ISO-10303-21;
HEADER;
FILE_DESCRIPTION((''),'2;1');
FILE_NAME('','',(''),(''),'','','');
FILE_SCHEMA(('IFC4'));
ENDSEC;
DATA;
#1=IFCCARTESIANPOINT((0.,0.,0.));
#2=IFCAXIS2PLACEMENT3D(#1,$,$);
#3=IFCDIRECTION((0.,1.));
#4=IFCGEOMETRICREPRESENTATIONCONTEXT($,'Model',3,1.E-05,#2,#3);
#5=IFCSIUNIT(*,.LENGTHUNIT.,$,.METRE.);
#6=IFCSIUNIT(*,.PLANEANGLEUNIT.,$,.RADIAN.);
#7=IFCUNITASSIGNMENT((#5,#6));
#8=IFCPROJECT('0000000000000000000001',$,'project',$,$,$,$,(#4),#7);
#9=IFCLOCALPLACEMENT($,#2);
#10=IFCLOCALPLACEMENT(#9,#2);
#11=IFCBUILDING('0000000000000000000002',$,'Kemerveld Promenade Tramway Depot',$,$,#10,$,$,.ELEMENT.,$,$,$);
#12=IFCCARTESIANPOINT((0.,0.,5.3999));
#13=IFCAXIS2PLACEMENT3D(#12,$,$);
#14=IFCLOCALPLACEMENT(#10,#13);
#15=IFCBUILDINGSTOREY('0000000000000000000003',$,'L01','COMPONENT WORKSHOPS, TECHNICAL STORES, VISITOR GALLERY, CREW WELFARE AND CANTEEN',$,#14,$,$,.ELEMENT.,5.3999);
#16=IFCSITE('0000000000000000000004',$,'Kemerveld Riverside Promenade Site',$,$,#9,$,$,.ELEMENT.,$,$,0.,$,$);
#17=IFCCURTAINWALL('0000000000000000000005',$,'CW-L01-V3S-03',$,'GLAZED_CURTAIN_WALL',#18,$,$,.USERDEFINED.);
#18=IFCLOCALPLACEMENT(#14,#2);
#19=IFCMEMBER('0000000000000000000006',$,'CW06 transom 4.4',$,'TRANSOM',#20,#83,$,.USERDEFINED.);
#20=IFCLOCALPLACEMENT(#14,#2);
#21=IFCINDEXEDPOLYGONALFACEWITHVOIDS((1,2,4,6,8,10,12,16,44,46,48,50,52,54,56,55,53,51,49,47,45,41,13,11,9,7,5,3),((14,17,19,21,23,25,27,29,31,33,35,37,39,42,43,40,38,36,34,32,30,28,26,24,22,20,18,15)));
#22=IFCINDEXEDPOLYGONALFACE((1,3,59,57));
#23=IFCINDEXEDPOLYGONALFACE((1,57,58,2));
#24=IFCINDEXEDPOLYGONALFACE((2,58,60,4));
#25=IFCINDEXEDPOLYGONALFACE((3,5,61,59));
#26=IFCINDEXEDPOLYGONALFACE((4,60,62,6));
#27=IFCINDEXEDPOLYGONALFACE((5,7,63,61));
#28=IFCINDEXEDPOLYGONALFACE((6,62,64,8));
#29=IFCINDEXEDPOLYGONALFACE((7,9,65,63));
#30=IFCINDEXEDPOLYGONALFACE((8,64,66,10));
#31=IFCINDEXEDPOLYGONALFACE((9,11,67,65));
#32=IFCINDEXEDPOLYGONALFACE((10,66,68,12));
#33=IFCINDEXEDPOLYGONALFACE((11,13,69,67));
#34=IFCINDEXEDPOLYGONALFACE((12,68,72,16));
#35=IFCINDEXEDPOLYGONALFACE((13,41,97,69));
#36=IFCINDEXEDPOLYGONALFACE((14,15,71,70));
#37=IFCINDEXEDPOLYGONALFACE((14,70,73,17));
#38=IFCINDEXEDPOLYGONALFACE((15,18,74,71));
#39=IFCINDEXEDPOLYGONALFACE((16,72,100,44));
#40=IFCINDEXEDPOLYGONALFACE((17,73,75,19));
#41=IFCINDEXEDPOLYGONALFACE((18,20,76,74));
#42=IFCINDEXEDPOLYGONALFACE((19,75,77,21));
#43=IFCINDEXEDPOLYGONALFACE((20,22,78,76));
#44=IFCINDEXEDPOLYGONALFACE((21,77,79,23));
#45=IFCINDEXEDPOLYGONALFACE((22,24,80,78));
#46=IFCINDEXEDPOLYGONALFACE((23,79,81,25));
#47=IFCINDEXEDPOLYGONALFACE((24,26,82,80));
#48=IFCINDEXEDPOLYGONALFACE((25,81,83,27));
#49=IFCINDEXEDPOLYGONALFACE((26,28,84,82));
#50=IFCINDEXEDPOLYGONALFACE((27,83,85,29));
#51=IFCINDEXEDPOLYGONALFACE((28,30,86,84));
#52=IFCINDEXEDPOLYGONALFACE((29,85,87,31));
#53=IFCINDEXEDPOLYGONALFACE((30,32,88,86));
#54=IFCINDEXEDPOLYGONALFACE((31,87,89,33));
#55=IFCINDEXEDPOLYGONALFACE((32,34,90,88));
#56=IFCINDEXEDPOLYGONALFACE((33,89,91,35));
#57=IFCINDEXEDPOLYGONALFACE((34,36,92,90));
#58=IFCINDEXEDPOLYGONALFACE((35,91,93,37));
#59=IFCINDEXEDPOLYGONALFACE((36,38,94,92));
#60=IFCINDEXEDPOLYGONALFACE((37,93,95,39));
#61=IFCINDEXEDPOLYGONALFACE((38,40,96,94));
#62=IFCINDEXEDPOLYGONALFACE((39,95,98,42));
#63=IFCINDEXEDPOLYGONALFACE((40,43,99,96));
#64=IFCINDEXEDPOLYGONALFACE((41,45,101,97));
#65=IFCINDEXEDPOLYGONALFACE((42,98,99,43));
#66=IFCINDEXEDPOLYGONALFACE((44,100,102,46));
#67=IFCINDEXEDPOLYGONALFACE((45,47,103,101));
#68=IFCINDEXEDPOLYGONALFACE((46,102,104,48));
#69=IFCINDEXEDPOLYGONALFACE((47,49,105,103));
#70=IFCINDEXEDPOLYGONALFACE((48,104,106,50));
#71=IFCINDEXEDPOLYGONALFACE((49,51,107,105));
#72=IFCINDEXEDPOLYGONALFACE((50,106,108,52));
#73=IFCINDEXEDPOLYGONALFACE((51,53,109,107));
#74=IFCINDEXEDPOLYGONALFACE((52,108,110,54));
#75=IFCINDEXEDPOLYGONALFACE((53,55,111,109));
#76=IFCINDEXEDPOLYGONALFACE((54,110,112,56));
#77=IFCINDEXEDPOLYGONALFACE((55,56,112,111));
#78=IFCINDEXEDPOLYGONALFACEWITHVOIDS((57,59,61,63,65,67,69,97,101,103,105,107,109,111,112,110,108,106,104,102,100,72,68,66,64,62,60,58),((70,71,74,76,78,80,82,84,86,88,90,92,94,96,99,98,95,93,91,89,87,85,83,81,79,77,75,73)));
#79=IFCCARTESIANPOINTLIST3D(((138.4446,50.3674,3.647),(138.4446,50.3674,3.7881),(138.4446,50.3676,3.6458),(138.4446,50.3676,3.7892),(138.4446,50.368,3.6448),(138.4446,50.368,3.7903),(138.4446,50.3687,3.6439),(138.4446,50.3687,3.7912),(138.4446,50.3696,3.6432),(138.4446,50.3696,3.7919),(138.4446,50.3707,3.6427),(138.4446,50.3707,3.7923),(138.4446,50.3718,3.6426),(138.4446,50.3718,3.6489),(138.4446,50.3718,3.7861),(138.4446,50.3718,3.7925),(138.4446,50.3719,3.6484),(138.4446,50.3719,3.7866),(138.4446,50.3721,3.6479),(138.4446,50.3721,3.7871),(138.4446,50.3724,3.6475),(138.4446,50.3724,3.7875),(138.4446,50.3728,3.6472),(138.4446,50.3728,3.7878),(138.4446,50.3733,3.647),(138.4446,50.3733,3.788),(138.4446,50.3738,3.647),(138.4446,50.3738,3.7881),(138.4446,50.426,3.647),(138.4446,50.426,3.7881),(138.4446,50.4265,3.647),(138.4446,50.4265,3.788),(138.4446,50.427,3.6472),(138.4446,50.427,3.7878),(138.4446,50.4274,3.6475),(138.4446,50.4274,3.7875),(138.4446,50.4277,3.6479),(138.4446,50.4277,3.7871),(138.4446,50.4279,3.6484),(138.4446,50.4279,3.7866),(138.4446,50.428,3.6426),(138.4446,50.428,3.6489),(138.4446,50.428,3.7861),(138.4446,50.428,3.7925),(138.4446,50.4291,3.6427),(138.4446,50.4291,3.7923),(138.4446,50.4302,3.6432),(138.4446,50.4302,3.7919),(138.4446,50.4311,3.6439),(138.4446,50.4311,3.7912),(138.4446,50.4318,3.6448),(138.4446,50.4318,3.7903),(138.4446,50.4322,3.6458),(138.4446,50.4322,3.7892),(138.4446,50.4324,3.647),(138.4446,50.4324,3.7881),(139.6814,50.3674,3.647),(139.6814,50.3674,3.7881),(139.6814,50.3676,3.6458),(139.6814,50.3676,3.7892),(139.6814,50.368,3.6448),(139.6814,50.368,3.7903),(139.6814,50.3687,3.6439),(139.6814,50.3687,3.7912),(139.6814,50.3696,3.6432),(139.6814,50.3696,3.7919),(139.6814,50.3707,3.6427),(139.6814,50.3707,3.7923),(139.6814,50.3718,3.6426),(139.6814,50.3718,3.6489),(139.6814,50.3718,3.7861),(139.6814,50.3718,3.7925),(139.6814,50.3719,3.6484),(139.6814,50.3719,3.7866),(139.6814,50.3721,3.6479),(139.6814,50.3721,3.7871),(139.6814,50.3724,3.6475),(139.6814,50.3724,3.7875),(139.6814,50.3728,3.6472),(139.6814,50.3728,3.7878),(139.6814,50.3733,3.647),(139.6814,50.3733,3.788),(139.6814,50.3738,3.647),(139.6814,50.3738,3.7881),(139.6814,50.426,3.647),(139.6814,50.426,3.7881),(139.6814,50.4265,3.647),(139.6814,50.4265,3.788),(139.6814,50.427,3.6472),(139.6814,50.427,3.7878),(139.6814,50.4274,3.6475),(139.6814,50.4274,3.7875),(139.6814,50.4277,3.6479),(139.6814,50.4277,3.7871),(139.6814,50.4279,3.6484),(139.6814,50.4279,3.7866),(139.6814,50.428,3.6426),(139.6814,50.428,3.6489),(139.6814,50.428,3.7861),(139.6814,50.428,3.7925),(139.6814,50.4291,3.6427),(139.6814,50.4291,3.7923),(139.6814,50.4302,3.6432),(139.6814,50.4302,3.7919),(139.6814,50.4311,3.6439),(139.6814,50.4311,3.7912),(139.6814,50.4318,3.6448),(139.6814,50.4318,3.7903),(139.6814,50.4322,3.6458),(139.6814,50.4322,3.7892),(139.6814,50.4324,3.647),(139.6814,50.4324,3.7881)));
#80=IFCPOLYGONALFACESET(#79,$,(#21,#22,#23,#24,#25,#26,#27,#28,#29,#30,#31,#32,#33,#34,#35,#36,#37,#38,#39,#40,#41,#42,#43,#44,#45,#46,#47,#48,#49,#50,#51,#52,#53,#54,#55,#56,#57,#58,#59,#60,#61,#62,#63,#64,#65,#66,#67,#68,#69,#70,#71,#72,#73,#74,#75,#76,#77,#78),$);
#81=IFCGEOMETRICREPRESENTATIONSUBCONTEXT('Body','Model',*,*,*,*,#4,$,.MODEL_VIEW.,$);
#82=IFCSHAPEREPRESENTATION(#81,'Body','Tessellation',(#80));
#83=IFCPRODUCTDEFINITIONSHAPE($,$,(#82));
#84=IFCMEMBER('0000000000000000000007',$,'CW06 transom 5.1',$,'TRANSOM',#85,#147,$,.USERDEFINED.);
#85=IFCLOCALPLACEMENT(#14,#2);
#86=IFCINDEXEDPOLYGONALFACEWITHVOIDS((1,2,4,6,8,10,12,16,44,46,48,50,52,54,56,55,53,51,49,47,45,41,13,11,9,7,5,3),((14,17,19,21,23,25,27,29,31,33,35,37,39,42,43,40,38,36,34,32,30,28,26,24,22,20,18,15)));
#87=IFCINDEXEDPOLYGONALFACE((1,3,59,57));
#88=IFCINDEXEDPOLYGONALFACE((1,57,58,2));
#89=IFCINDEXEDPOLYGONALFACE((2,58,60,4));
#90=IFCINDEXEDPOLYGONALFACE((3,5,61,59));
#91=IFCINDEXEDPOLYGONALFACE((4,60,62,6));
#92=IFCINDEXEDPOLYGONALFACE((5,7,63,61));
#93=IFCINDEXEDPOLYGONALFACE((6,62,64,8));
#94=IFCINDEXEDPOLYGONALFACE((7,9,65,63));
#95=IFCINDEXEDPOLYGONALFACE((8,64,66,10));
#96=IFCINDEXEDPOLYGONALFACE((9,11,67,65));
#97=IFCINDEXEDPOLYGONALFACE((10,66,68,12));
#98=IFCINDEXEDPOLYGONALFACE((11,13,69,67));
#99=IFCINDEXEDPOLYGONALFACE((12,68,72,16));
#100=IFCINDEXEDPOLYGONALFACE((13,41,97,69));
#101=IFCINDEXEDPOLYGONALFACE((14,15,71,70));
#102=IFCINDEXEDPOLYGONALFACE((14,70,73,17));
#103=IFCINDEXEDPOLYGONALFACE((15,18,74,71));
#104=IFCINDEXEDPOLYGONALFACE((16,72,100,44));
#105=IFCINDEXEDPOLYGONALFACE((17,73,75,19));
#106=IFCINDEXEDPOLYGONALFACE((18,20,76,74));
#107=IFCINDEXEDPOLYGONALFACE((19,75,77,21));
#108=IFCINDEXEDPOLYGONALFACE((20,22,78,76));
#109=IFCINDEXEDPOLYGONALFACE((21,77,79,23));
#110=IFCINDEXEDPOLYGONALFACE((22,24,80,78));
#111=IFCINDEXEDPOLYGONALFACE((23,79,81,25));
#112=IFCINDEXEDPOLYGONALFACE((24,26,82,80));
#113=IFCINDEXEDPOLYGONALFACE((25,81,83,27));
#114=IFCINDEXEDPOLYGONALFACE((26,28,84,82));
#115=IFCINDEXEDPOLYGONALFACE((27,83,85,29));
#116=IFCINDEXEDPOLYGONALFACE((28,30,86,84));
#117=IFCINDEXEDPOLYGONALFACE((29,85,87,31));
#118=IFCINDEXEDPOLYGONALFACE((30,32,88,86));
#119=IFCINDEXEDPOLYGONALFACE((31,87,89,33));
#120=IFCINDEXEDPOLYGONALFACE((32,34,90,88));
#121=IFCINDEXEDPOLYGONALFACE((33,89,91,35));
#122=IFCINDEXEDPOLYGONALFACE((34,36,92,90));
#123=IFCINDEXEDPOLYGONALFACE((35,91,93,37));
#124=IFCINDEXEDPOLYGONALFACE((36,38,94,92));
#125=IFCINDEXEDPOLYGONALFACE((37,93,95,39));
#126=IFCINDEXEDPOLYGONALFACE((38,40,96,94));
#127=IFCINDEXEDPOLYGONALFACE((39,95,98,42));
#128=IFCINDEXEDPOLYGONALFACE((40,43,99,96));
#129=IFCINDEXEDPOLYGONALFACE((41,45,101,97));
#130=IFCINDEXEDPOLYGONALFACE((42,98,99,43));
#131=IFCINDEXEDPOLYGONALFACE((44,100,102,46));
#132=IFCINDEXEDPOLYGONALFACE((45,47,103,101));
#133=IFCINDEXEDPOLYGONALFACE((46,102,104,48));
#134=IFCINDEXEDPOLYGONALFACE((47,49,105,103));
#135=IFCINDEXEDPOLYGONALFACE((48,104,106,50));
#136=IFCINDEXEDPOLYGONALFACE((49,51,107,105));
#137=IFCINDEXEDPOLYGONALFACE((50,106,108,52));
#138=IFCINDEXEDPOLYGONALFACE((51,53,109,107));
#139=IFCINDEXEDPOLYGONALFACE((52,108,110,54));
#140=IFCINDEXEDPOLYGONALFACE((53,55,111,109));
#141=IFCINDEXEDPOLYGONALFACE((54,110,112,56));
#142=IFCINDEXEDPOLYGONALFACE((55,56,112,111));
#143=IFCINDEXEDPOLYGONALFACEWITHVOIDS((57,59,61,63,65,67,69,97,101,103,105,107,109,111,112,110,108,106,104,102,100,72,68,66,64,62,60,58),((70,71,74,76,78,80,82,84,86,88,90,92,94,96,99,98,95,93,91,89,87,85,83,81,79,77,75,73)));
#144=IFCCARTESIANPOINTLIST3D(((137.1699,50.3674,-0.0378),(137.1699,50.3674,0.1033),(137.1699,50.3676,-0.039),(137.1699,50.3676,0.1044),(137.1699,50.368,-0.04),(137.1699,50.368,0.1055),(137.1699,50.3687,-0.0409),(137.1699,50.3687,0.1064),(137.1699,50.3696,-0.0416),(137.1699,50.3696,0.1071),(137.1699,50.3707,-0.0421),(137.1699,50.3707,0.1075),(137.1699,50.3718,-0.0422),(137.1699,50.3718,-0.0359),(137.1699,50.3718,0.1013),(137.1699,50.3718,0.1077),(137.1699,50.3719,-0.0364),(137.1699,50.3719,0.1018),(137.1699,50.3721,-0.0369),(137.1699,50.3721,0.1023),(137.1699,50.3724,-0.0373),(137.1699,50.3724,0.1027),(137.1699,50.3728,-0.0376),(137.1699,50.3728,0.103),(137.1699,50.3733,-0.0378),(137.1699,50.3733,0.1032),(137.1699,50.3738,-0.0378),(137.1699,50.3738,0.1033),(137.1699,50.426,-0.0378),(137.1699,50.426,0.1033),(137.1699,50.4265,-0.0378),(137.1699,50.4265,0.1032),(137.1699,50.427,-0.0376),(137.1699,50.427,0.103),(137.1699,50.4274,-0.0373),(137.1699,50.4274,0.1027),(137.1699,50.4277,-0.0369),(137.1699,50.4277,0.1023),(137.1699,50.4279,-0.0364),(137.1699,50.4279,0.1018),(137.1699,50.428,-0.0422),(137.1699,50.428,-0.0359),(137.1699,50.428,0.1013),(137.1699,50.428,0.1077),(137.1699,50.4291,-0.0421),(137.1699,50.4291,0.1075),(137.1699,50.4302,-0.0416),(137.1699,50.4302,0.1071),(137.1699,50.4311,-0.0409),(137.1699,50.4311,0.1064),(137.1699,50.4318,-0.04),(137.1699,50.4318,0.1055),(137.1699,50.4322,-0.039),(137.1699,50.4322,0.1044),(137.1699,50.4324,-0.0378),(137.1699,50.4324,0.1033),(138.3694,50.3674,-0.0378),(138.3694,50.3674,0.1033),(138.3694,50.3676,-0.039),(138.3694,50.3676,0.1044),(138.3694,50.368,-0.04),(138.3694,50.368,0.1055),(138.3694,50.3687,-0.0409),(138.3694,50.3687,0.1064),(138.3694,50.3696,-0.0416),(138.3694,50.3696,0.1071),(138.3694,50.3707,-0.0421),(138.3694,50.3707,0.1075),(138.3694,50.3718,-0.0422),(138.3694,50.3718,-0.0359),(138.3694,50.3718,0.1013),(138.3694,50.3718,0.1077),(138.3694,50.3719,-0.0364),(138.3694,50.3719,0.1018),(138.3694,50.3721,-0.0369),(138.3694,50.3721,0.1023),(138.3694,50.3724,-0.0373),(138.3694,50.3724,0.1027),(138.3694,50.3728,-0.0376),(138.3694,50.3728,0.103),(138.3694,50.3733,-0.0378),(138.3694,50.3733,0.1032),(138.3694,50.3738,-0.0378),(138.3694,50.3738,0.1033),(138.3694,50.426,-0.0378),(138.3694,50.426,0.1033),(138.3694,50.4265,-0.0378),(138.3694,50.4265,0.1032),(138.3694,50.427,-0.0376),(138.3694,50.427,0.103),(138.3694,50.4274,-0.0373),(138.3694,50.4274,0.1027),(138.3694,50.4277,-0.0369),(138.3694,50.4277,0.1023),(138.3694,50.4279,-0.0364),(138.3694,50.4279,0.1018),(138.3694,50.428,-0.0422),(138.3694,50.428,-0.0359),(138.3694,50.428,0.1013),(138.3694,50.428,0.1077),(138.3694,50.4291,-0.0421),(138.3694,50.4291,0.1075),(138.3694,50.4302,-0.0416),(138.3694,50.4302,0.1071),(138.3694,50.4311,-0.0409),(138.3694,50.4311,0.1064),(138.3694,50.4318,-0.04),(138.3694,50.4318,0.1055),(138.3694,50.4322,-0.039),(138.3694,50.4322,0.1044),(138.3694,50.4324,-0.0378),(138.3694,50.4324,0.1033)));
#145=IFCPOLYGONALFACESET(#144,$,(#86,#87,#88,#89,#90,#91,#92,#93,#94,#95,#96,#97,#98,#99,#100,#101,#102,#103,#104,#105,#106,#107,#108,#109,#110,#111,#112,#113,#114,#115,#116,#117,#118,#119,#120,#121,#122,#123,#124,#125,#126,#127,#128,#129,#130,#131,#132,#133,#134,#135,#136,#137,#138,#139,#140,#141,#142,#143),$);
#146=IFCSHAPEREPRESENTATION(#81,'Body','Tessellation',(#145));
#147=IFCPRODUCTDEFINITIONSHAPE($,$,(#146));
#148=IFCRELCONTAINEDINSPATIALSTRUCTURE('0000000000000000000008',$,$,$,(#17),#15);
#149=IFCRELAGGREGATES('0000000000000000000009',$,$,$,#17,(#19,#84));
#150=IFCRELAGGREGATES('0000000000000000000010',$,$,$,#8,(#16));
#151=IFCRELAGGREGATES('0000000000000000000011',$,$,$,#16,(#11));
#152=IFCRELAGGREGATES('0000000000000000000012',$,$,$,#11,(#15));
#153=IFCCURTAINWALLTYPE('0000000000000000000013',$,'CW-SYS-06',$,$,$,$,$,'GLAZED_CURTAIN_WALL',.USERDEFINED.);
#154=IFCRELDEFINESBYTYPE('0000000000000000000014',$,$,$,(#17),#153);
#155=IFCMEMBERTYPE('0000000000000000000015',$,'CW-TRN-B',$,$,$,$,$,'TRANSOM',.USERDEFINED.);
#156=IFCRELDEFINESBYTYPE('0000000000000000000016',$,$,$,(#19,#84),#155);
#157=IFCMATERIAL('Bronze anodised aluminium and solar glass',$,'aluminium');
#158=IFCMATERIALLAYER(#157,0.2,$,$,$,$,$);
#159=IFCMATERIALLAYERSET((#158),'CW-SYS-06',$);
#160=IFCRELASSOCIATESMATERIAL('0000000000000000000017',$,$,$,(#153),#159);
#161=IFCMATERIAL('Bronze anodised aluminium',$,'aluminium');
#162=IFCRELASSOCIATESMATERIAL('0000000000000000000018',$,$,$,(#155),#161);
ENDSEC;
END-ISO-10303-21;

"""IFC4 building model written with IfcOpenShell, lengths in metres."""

from ifc_helpers import new_model, si_unit, direction, frame, origin, origin_2d, place, context, subcontext, project, spatial, hollow_rectangle, extrude, material, layer, layer_set, material_profile, profile_set, type_object, element, aggregate, save


model = new_model("IFC4")

# Units and contexts
model_context = context("Model", 3, precision=1e-05, world=origin(), true_north=direction((0.0, 1.0)))
body_context = subcontext(model_context, "Body", "Model", "MODEL_VIEW")
ifc_project = project(units=[si_unit("LENGTHUNIT", "METRE"), si_unit("PLANEANGLEUNIT", "RADIAN")], contexts=[model_context])

# Site, building, storey
site_placement = place(None, origin())
site = spatial("IfcSite", under=ifc_project, at=site_placement, Name="Kemerveld Riverside Promenade Site", CompositionType="ELEMENT", RefElevation=0.0)
building_placement = place(site_placement, origin())
building = spatial("IfcBuilding", under=site, at=building_placement, Name="Kemerveld Promenade Tramway Depot", CompositionType="ELEMENT")
storey_placement = place(building_placement, frame((0.0, 0.0, 5.3999)))
storey = spatial("IfcBuildingStorey", under=building, at=storey_placement, Name="L01", Description="COMPONENT WORKSHOPS, TECHNICAL STORES, VISITOR GALLERY, CREW WELFARE AND CANTEEN", CompositionType="ELEMENT", Elevation=5.3999)

# Curtain wall, members
ifc_material_1 = material(Name="Bronze anodised aluminium and solar glass", Category="aluminium")
ifc_layer_1 = layer(ifc_material_1, 0.2)
ifc_layer_set_1 = layer_set([ifc_layer_1], Name="CW-SYS-06")
curtain_wall_type = type_object("IfcCurtainWallType", Name="CW-SYS-06", ElementType="GLAZED_CURTAIN_WALL", PredefinedType="USERDEFINED", material=ifc_layer_set_1)
curtain_wall_placement = place(storey_placement, origin())
curtain_wall = element("IfcCurtainWall", 1, at=curtain_wall_placement, inside=storey, type_object=curtain_wall_type, Name="CW-L01-V3S-03", ObjectType="GLAZED_CURTAIN_WALL", PredefinedType="USERDEFINED")
ifc_material_2 = material(Name="Bronze anodised aluminium", Category="aluminium")
ifc_material_profile_1 = material_profile(ifc_material_2, hollow_rectangle(XDim=0.0649, YDim=0.1499, WallThickness=0.0044, InnerFilletRadius=0.002, OuterFilletRadius=0.0044, at=origin_2d()), Name="CW-TRN-150x65")
ifc_profile_set_1 = profile_set([ifc_material_profile_1], Name="Bronze anodised aluminium")
member_type_1 = type_object("IfcMemberType", Name="CW-TRN-B", ElementType="TRANSOM", PredefinedType="USERDEFINED", material=ifc_profile_set_1)
member_1_placement = place(storey_placement, frame((139.6814, 50.3999, 3.7175), z_axis=(-1.0, 0.0, 0.0), x_axis=(0.0, -1.0, 0.0)))
member_1 = element("IfcMember", 2, at=member_1_placement, type_object=member_type_1, Name="CW06 transom 4.4", ObjectType="TRANSOM", PredefinedType="USERDEFINED", context=body_context, shape_type="SweptSolid", body=[
    extrude(hollow_rectangle(XDim=0.0649, YDim=0.1499, WallThickness=0.0044, InnerFilletRadius=0.002, OuterFilletRadius=0.0044, at=origin_2d()), origin(), (0.0, 0.0, 1.0), 1.2368),
])
member_2_placement = place(storey_placement, frame((138.3694, 50.3999, 0.0327), z_axis=(-1.0, 0.0, 0.0), x_axis=(0.0, -1.0, 0.0)))
member_2 = element("IfcMember", 3, at=member_2_placement, type_object=member_type_1, Name="CW06 transom 5.1", ObjectType="TRANSOM", PredefinedType="USERDEFINED", context=body_context, shape_type="SweptSolid", body=[
    extrude(hollow_rectangle(XDim=0.0649, YDim=0.1499, WallThickness=0.0044, InnerFilletRadius=0.002, OuterFilletRadius=0.0044, at=origin_2d()), origin(), (0.0, 0.0, 1.0), 1.1995),
])
aggregate(curtain_wall, [member_1, member_2])

save(model, "model.ifc")
